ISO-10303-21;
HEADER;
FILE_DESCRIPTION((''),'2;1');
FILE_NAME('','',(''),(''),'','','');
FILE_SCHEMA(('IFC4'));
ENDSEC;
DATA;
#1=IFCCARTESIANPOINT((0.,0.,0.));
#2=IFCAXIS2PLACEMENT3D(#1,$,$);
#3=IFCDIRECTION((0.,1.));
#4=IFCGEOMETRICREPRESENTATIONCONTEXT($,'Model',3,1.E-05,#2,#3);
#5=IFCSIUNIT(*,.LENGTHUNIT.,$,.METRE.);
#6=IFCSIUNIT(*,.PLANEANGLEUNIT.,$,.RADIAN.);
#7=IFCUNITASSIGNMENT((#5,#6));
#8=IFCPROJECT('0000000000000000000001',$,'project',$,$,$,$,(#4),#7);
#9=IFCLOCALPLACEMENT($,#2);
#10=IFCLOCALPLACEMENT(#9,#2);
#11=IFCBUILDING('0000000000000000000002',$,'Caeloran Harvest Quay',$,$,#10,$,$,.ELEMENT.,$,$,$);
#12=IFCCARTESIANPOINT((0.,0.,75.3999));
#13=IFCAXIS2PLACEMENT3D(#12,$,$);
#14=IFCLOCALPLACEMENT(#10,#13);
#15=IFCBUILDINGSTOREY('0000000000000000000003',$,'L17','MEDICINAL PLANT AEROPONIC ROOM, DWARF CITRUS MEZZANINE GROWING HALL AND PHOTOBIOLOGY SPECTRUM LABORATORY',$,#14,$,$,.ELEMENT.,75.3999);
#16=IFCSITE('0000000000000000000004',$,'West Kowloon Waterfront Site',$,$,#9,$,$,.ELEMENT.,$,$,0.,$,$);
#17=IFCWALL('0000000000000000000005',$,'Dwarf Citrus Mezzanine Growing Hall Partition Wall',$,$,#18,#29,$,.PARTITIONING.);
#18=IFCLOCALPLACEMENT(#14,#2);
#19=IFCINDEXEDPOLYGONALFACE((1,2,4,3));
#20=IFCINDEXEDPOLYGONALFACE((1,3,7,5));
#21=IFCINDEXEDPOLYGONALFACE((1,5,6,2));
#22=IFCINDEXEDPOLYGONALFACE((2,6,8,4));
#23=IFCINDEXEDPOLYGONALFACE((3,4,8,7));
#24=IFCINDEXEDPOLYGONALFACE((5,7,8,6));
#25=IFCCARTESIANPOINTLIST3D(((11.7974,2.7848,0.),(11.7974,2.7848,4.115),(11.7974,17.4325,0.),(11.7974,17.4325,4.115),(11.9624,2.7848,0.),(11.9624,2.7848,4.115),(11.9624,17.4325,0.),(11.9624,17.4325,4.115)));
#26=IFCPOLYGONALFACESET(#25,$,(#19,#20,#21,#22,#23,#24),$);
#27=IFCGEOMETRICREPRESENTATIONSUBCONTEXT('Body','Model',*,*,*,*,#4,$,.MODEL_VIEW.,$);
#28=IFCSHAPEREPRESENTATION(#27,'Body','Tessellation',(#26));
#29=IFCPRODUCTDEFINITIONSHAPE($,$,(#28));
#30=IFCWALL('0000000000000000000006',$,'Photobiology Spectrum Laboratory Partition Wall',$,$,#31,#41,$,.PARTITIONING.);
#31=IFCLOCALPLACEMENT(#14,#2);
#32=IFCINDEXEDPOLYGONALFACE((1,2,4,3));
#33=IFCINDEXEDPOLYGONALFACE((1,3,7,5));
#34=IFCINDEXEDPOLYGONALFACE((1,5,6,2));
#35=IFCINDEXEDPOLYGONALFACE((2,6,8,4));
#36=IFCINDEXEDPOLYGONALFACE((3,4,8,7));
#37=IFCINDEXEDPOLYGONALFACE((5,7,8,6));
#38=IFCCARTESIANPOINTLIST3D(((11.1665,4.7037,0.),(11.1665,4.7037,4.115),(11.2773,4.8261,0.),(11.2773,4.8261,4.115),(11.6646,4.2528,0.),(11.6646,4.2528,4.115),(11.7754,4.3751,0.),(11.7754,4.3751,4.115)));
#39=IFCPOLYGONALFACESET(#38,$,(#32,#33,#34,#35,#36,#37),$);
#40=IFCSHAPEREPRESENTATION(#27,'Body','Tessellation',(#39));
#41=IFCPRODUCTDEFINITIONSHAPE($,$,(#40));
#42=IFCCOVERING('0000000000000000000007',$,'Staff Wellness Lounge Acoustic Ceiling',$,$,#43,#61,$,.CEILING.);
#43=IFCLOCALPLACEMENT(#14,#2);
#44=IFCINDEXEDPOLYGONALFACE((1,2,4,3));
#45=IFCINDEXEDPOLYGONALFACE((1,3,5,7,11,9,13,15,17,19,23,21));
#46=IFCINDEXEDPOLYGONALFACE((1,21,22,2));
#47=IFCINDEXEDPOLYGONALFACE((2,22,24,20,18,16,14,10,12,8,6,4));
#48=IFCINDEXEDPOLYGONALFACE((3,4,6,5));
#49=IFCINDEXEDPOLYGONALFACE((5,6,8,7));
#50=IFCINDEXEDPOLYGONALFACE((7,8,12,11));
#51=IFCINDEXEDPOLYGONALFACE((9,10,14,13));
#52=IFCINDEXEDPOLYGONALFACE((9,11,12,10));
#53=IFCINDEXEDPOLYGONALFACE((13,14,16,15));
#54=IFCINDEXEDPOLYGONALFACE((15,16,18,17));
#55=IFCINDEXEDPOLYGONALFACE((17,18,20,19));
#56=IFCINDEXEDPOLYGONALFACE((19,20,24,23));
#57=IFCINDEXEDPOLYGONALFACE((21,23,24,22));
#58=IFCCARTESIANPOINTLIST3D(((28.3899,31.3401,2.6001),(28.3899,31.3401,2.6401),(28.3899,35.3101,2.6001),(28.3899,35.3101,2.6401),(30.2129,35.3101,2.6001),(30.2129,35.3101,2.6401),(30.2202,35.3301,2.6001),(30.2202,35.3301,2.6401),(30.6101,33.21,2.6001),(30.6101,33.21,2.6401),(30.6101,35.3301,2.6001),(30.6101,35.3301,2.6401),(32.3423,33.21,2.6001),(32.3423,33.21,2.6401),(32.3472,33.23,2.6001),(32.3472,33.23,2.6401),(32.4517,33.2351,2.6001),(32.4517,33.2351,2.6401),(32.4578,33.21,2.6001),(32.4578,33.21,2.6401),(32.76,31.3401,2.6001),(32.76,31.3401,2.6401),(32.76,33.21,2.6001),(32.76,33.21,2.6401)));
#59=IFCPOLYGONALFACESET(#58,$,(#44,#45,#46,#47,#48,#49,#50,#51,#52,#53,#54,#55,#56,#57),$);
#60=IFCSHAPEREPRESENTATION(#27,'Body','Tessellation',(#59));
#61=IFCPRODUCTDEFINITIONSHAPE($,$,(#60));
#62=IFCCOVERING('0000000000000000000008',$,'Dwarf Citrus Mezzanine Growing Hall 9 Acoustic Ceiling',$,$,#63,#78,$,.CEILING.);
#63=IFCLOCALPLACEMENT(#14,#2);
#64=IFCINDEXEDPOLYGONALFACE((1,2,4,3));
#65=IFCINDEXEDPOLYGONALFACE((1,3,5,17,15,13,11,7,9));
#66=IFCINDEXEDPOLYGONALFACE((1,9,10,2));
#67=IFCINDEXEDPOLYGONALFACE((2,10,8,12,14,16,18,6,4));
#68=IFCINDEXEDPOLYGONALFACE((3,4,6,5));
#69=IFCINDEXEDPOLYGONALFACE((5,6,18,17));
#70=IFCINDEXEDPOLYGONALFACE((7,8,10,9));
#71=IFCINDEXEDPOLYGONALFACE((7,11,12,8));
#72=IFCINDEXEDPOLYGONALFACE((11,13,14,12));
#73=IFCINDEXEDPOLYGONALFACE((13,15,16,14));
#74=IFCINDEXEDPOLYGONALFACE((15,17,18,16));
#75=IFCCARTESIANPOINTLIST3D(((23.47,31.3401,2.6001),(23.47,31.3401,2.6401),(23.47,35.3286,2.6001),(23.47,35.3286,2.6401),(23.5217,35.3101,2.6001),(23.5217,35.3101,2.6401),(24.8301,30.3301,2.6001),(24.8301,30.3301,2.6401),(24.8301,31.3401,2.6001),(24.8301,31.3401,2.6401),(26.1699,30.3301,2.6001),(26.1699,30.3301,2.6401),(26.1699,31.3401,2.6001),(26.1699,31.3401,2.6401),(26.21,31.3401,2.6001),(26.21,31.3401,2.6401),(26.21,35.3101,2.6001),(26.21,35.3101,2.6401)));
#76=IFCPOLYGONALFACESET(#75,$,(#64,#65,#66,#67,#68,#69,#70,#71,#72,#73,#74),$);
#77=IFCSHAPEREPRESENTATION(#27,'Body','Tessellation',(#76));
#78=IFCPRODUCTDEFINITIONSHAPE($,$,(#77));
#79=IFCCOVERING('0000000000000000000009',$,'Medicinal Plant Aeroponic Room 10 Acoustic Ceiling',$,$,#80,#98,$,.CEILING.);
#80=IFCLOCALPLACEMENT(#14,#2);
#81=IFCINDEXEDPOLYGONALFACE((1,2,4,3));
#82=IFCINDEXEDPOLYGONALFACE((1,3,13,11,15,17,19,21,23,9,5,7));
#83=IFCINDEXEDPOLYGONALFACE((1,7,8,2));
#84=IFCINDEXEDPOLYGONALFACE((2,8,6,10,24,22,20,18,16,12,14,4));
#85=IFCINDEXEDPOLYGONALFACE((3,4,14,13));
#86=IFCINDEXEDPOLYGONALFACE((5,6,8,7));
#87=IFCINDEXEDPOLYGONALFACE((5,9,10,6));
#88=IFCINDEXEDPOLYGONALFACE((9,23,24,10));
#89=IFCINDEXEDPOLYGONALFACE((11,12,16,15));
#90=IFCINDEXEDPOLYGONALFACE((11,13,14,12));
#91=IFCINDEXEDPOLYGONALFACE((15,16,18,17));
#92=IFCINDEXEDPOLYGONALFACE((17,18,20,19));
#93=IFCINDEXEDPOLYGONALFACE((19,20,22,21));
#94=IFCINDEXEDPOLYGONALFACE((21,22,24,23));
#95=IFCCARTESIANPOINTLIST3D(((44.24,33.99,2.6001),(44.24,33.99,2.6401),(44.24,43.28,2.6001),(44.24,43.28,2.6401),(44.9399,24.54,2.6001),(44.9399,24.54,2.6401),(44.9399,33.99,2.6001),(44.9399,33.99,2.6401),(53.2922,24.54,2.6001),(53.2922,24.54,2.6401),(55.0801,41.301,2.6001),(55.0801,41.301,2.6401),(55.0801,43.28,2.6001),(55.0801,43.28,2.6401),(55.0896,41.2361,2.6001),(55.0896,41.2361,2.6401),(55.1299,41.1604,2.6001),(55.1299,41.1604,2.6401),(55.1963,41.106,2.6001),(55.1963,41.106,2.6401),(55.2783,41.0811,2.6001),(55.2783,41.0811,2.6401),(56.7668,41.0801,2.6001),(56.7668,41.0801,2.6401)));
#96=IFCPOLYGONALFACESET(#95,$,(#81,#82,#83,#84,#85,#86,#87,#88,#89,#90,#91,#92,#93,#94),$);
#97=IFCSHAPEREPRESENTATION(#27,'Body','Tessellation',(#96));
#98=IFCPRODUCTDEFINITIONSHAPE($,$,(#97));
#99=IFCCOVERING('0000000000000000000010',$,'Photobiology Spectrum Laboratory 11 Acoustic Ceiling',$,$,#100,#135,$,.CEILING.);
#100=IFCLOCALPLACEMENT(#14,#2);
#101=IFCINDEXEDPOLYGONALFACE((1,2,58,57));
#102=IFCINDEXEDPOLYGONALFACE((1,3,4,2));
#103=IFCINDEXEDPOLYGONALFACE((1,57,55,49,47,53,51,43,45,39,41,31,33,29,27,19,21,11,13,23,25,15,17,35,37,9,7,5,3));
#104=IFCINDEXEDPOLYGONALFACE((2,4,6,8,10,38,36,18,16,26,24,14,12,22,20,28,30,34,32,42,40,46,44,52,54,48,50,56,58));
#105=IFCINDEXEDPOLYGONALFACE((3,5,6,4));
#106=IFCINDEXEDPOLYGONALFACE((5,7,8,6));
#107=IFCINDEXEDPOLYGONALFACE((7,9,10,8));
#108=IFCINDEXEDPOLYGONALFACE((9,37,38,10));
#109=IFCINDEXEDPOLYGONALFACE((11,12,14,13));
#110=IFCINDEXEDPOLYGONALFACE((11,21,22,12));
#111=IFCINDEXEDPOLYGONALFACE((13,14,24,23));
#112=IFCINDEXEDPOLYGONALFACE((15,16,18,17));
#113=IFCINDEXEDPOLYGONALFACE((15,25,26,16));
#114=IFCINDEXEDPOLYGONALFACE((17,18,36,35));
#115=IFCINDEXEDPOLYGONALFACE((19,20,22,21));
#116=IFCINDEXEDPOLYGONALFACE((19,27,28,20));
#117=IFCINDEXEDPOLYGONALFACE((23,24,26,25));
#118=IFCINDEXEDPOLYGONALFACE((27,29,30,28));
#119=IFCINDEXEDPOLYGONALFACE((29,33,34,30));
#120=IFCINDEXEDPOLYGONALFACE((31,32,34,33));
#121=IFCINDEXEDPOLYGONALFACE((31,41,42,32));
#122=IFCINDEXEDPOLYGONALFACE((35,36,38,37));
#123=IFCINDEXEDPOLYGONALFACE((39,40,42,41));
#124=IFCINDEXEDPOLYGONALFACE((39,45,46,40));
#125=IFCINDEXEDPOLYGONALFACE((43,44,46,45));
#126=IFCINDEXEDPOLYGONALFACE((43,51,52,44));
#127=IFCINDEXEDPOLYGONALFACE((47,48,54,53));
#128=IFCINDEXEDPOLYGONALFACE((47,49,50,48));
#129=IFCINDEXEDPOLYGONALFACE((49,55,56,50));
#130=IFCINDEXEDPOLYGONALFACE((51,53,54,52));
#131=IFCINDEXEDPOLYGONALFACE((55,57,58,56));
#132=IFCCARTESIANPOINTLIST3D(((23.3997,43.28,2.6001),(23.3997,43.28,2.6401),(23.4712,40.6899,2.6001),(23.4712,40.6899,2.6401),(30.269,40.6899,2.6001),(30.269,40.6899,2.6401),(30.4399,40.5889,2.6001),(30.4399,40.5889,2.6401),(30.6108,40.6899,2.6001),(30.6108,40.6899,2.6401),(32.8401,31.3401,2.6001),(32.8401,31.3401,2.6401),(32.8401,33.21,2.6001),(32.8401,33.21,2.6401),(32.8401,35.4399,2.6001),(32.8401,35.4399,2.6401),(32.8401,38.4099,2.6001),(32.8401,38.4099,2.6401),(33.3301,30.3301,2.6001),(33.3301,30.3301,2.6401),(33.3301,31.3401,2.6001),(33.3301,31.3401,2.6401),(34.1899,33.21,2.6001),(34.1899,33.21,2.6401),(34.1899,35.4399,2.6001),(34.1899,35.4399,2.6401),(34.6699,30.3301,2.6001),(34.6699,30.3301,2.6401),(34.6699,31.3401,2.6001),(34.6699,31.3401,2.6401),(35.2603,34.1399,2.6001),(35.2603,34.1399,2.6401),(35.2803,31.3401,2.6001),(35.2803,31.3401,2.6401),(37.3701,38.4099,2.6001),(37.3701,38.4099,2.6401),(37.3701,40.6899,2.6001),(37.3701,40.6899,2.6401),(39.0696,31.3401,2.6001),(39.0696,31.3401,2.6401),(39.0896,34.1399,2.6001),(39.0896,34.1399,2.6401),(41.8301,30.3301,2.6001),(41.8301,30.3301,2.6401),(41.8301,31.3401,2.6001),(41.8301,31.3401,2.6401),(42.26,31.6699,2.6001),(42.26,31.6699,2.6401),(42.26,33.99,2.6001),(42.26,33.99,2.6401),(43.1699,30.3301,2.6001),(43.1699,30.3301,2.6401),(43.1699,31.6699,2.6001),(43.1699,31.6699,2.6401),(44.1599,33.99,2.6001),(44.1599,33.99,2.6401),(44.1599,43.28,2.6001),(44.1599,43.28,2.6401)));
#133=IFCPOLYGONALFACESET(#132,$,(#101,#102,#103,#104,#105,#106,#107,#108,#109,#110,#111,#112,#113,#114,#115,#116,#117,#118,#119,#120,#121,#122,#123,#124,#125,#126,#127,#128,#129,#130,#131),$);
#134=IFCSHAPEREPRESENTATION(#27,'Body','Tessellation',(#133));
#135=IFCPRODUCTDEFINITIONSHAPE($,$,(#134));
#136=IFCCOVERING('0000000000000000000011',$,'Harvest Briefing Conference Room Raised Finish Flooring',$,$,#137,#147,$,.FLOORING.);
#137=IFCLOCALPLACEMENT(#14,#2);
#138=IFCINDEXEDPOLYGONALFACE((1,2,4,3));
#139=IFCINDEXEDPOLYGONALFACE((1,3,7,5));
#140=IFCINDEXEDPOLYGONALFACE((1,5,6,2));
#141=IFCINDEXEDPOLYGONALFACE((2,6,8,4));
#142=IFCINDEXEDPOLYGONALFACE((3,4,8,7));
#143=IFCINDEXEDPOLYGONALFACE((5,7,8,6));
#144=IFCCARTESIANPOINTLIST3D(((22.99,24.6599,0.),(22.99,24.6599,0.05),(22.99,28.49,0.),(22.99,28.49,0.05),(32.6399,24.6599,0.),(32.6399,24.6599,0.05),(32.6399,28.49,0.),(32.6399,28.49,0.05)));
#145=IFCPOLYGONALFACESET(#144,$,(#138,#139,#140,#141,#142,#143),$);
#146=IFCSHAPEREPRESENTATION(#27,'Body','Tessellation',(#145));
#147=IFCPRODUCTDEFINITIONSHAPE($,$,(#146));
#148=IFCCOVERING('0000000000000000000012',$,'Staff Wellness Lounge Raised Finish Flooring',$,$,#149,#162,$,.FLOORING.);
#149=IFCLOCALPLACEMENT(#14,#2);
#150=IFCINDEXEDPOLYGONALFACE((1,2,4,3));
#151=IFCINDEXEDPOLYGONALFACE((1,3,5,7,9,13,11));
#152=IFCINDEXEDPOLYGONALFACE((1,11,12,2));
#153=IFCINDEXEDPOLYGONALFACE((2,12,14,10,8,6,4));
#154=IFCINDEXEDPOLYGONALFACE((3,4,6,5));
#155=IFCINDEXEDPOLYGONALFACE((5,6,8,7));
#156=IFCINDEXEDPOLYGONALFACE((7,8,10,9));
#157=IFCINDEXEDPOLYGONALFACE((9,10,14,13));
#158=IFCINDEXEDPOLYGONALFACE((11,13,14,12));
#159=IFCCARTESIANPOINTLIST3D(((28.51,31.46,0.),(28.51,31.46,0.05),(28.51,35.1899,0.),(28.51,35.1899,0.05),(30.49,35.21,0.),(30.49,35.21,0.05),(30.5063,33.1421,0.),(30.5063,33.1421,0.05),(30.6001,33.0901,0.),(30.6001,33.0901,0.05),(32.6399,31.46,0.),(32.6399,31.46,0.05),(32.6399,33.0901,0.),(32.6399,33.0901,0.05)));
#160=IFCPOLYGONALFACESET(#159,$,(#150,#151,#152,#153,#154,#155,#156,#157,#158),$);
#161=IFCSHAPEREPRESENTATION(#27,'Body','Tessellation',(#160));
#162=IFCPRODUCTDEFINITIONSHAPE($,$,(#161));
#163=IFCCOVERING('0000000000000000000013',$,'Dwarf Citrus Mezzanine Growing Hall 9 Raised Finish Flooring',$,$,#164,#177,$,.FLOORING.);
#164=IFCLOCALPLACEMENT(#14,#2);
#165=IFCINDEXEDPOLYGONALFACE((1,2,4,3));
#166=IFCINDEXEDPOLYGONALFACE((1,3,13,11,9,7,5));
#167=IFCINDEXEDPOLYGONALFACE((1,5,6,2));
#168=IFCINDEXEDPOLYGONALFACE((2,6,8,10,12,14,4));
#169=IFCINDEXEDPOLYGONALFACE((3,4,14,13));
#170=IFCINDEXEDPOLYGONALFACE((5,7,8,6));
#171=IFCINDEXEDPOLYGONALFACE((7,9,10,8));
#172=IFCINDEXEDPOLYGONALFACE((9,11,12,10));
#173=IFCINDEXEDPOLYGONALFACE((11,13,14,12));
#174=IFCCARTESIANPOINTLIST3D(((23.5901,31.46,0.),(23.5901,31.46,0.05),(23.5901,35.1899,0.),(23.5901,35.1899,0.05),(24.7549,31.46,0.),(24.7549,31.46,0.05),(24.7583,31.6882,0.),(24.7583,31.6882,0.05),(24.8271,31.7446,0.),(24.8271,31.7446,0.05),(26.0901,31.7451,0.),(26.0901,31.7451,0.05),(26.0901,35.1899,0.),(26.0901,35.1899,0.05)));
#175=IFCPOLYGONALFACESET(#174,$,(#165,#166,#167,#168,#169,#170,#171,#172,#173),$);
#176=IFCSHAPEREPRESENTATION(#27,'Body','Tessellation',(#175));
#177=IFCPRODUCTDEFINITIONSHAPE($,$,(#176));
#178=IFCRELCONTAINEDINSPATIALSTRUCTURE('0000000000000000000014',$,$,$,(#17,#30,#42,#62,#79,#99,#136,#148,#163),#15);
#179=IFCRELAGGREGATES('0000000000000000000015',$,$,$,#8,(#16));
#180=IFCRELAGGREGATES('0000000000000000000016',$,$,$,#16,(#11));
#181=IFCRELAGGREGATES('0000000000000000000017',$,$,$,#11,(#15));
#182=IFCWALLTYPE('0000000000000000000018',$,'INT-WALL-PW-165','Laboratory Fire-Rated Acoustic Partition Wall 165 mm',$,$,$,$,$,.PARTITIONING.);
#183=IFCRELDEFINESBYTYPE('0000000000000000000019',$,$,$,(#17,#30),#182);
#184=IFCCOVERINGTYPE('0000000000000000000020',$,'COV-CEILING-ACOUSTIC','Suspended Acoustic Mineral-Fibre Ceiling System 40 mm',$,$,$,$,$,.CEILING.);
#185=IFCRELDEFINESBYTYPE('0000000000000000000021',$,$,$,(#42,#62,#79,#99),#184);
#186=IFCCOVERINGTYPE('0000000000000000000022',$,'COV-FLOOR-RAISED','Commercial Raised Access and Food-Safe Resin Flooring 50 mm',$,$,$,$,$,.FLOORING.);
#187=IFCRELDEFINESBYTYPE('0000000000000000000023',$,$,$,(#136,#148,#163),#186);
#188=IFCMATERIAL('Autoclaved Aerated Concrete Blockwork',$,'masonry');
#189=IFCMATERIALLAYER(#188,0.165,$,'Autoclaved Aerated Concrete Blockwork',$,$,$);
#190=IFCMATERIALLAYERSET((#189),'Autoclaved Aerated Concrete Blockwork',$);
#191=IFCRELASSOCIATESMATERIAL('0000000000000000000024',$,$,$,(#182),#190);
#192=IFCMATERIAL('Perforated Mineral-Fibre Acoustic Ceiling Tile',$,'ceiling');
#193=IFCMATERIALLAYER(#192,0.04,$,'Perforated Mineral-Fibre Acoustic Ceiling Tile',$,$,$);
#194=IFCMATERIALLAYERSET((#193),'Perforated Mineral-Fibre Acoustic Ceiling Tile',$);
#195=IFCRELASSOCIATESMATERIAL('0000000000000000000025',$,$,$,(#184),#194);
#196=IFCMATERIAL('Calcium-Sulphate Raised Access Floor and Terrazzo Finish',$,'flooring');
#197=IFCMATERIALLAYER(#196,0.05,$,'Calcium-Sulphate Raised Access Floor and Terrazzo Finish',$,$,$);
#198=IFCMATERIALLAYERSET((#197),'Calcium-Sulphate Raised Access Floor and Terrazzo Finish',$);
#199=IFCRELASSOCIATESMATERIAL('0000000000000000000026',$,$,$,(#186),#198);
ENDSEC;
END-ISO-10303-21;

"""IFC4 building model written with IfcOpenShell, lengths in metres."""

from ifc_helpers import new_model, si_unit, direction, frame, frame_2d, origin, place, context, subcontext, project, spatial, polyline, rectangle, outline, extrude, material, layer, layer_set, type_object, element, save


model = new_model("IFC4")

# Units and contexts
model_context = context("Model", 3, precision=1e-05, world=origin(), true_north=direction((0.0, 1.0)))
body_context = subcontext(model_context, "Body", "Model", "MODEL_VIEW")
ifc_project = project(units=[si_unit("LENGTHUNIT", "METRE"), si_unit("PLANEANGLEUNIT", "RADIAN")], contexts=[model_context])

# Site, building, storey
site_placement = place(None, origin())
site = spatial("IfcSite", under=ifc_project, at=site_placement, Name="West Kowloon Waterfront Site", CompositionType="ELEMENT", RefElevation=0.0)
building_placement = place(site_placement, origin())
building = spatial("IfcBuilding", under=site, at=building_placement, Name="Caeloran Harvest Quay", CompositionType="ELEMENT")
storey_placement = place(building_placement, frame((0.0, 0.0, 75.3999)))
storey = spatial("IfcBuildingStorey", under=building, at=storey_placement, Name="L17", Description="MEDICINAL PLANT AEROPONIC ROOM, DWARF CITRUS MEZZANINE GROWING HALL AND PHOTOBIOLOGY SPECTRUM LABORATORY", CompositionType="ELEMENT", Elevation=75.3999)

# Walls
ifc_material_1 = material(Name="Autoclaved Aerated Concrete Blockwork", Category="masonry")
ifc_layer_1 = layer(ifc_material_1, 0.165, Name="Autoclaved Aerated Concrete Blockwork")
ifc_layer_set_1 = layer_set([ifc_layer_1], Name="Autoclaved Aerated Concrete Blockwork")
wall_type_1 = type_object("IfcWallType", Name="INT-WALL-PW-165", Description="Laboratory Fire-Rated Acoustic Partition Wall 165 mm", PredefinedType="PARTITIONING", material=ifc_layer_set_1)
wall_1_placement = place(storey_placement, frame((11.8799, 2.7849, 0.0), z_axis=(0.0, 0.0, 1.0), x_axis=(0.0, 1.0, 0.0)))
element("IfcWall", 1, at=wall_1_placement, inside=storey, type_object=wall_type_1, Name="Dwarf Citrus Mezzanine Growing Hall Partition Wall", PredefinedType="PARTITIONING", context=body_context, shape_type="SweptSolid", body=[
    extrude(rectangle(XDim=14.6477, YDim=0.165, at=frame_2d((7.3237, 0.0))), origin(), (0.0, 0.0, 1.0), 4.115),
])
wall_2_placement = place(storey_placement, frame((11.72, 4.314, 0.0), z_axis=(0.0, 0.0, 1.0), x_axis=(-0.741303, 0.67117, 0.0)))
element("IfcWall", 2, at=wall_2_placement, inside=storey, type_object=wall_type_1, Name="Photobiology Spectrum Laboratory Partition Wall", PredefinedType="PARTITIONING", context=body_context, shape_type="SweptSolid", body=[
    extrude(rectangle(XDim=0.6719, YDim=0.165, at=frame_2d((0.3359, 0.0))), origin(), (0.0, 0.0, 1.0), 4.115),
])

# Coverings
ifc_material_2 = material(Name="Perforated Mineral-Fibre Acoustic Ceiling Tile", Category="ceiling")
ifc_layer_2 = layer(ifc_material_2, 0.04, Name="Perforated Mineral-Fibre Acoustic Ceiling Tile")
ifc_layer_set_2 = layer_set([ifc_layer_2], Name="Perforated Mineral-Fibre Acoustic Ceiling Tile")
covering_type_1 = type_object("IfcCoveringType", Name="COV-CEILING-ACOUSTIC", Description="Suspended Acoustic Mineral-Fibre Ceiling System 40 mm", PredefinedType="CEILING", material=ifc_layer_set_2)
covering_1_placement = place(storey_placement, frame((0.0, 0.0, 2.6001)))
element("IfcCovering", 3, at=covering_1_placement, inside=storey, type_object=covering_type_1, Name="Staff Wellness Lounge Acoustic Ceiling", PredefinedType="CEILING", context=body_context, shape_type="SweptSolid", body=[
    extrude(outline(polyline([(30.2129, 35.3101), (30.2202, 35.3301), (30.6101, 35.3301), (30.6101, 33.21), (32.3423, 33.21), (32.3472, 33.23), (32.4517, 33.2351), (32.4578, 33.21), (32.76, 33.21), (32.76, 31.3401), (28.3899, 31.3401), (28.3899, 35.3101), (30.2129, 35.3101)])), origin(), (0.0, 0.0, 1.0), 0.04),
])
covering_2_placement = place(storey_placement, frame((0.0, 0.0, 2.6001)))
element("IfcCovering", 4, at=covering_2_placement, inside=storey, type_object=covering_type_1, Name="Dwarf Citrus Mezzanine Growing Hall 9 Acoustic Ceiling", PredefinedType="CEILING", context=body_context, shape_type="SweptSolid", body=[
    extrude(outline(polyline([(26.1699, 30.3301), (24.8301, 30.3301), (24.8301, 31.3401), (23.47, 31.3401), (23.47, 35.3286), (23.5217, 35.3101), (26.21, 35.3101), (26.21, 31.3401), (26.1699, 31.3401), (26.1699, 30.3301)])), origin(), (0.0, 0.0, 1.0), 0.04),
])
covering_3_placement = place(storey_placement, frame((0.0, 0.0, 2.6001)))
element("IfcCovering", 5, at=covering_3_placement, inside=storey, type_object=covering_type_1, Name="Medicinal Plant Aeroponic Room 10 Acoustic Ceiling", PredefinedType="CEILING", context=body_context, shape_type="SweptSolid", body=[
    extrude(outline(polyline([(44.24, 43.28), (55.0801, 43.28), (55.0801, 41.301), (55.0896, 41.2361), (55.1299, 41.1604), (55.1963, 41.106), (55.2783, 41.0811), (56.7668, 41.0801), (53.2922, 24.54), (44.9399, 24.54), (44.9399, 33.99), (44.24, 33.99), (44.24, 43.28)])), origin(), (0.0, 0.0, 1.0), 0.04),
])
covering_4_placement = place(storey_placement, frame((0.0, 0.0, 2.6001)))
element("IfcCovering", 6, at=covering_4_placement, inside=storey, type_object=covering_type_1, Name="Photobiology Spectrum Laboratory 11 Acoustic Ceiling", PredefinedType="CEILING", context=body_context, shape_type="SweptSolid", body=[
    extrude(outline(polyline([(33.3301, 31.3401), (32.8401, 31.3401), (32.8401, 33.21), (34.1899, 33.21), (34.1899, 35.4399), (32.8401, 35.4399), (32.8401, 38.4099), (37.3701, 38.4099), (37.3701, 40.6899), (30.6108, 40.6899), (30.4399, 40.5889), (30.269, 40.6899), (23.4712, 40.6899), (23.3997, 43.28), (44.1599, 43.28), (44.1599, 33.99), (42.26, 33.99), (42.26, 31.6699), (43.1699, 31.6699), (43.1699, 30.3301), (41.8301, 30.3301), (41.8301, 31.3401), (39.0696, 31.3401), (39.0896, 34.1399), (35.2603, 34.1399), (35.2803, 31.3401), (34.6699, 31.3401), (34.6699, 30.3301), (33.3301, 30.3301), (33.3301, 31.3401)])), origin(), (0.0, 0.0, 1.0), 0.04),
])
ifc_material_3 = material(Name="Calcium-Sulphate Raised Access Floor and Terrazzo Finish", Category="flooring")
ifc_layer_3 = layer(ifc_material_3, 0.05, Name="Calcium-Sulphate Raised Access Floor and Terrazzo Finish")
ifc_layer_set_3 = layer_set([ifc_layer_3], Name="Calcium-Sulphate Raised Access Floor and Terrazzo Finish")
covering_type_2 = type_object("IfcCoveringType", Name="COV-FLOOR-RAISED", Description="Commercial Raised Access and Food-Safe Resin Flooring 50 mm", PredefinedType="FLOORING", material=ifc_layer_set_3)
covering_5_placement = place(storey_placement, origin())
element("IfcCovering", 7, at=covering_5_placement, inside=storey, type_object=covering_type_2, Name="Harvest Briefing Conference Room Raised Finish Flooring", PredefinedType="FLOORING", context=body_context, shape_type="SweptSolid", body=[
    extrude(outline(polyline([(22.99, 28.49), (32.6399, 28.49), (32.6399, 24.6599), (22.99, 24.6599), (22.99, 28.49)])), origin(), (0.0, 0.0, 1.0), 0.05),
])
covering_6_placement = place(storey_placement, origin())
element("IfcCovering", 8, at=covering_6_placement, inside=storey, type_object=covering_type_2, Name="Staff Wellness Lounge Raised Finish Flooring", PredefinedType="FLOORING", context=body_context, shape_type="SweptSolid", body=[
    extrude(outline(polyline([(28.51, 35.1899), (30.49, 35.21), (30.5063, 33.1421), (30.6001, 33.0901), (32.6399, 33.0901), (32.6399, 31.46), (28.51, 31.46), (28.51, 35.1899)])), origin(), (0.0, 0.0, 1.0), 0.05),
])
covering_7_placement = place(storey_placement, origin())
element("IfcCovering", 9, at=covering_7_placement, inside=storey, type_object=covering_type_2, Name="Dwarf Citrus Mezzanine Growing Hall 9 Raised Finish Flooring", PredefinedType="FLOORING", context=body_context, shape_type="SweptSolid", body=[
    extrude(outline(polyline([(23.5901, 35.1899), (26.0901, 35.1899), (26.0901, 31.7451), (24.8271, 31.7446), (24.7583, 31.6882), (24.7549, 31.46), (23.5901, 31.46), (23.5901, 35.1899)])), origin(), (0.0, 0.0, 1.0), 0.05),
])

save(model, "model.ifc")
